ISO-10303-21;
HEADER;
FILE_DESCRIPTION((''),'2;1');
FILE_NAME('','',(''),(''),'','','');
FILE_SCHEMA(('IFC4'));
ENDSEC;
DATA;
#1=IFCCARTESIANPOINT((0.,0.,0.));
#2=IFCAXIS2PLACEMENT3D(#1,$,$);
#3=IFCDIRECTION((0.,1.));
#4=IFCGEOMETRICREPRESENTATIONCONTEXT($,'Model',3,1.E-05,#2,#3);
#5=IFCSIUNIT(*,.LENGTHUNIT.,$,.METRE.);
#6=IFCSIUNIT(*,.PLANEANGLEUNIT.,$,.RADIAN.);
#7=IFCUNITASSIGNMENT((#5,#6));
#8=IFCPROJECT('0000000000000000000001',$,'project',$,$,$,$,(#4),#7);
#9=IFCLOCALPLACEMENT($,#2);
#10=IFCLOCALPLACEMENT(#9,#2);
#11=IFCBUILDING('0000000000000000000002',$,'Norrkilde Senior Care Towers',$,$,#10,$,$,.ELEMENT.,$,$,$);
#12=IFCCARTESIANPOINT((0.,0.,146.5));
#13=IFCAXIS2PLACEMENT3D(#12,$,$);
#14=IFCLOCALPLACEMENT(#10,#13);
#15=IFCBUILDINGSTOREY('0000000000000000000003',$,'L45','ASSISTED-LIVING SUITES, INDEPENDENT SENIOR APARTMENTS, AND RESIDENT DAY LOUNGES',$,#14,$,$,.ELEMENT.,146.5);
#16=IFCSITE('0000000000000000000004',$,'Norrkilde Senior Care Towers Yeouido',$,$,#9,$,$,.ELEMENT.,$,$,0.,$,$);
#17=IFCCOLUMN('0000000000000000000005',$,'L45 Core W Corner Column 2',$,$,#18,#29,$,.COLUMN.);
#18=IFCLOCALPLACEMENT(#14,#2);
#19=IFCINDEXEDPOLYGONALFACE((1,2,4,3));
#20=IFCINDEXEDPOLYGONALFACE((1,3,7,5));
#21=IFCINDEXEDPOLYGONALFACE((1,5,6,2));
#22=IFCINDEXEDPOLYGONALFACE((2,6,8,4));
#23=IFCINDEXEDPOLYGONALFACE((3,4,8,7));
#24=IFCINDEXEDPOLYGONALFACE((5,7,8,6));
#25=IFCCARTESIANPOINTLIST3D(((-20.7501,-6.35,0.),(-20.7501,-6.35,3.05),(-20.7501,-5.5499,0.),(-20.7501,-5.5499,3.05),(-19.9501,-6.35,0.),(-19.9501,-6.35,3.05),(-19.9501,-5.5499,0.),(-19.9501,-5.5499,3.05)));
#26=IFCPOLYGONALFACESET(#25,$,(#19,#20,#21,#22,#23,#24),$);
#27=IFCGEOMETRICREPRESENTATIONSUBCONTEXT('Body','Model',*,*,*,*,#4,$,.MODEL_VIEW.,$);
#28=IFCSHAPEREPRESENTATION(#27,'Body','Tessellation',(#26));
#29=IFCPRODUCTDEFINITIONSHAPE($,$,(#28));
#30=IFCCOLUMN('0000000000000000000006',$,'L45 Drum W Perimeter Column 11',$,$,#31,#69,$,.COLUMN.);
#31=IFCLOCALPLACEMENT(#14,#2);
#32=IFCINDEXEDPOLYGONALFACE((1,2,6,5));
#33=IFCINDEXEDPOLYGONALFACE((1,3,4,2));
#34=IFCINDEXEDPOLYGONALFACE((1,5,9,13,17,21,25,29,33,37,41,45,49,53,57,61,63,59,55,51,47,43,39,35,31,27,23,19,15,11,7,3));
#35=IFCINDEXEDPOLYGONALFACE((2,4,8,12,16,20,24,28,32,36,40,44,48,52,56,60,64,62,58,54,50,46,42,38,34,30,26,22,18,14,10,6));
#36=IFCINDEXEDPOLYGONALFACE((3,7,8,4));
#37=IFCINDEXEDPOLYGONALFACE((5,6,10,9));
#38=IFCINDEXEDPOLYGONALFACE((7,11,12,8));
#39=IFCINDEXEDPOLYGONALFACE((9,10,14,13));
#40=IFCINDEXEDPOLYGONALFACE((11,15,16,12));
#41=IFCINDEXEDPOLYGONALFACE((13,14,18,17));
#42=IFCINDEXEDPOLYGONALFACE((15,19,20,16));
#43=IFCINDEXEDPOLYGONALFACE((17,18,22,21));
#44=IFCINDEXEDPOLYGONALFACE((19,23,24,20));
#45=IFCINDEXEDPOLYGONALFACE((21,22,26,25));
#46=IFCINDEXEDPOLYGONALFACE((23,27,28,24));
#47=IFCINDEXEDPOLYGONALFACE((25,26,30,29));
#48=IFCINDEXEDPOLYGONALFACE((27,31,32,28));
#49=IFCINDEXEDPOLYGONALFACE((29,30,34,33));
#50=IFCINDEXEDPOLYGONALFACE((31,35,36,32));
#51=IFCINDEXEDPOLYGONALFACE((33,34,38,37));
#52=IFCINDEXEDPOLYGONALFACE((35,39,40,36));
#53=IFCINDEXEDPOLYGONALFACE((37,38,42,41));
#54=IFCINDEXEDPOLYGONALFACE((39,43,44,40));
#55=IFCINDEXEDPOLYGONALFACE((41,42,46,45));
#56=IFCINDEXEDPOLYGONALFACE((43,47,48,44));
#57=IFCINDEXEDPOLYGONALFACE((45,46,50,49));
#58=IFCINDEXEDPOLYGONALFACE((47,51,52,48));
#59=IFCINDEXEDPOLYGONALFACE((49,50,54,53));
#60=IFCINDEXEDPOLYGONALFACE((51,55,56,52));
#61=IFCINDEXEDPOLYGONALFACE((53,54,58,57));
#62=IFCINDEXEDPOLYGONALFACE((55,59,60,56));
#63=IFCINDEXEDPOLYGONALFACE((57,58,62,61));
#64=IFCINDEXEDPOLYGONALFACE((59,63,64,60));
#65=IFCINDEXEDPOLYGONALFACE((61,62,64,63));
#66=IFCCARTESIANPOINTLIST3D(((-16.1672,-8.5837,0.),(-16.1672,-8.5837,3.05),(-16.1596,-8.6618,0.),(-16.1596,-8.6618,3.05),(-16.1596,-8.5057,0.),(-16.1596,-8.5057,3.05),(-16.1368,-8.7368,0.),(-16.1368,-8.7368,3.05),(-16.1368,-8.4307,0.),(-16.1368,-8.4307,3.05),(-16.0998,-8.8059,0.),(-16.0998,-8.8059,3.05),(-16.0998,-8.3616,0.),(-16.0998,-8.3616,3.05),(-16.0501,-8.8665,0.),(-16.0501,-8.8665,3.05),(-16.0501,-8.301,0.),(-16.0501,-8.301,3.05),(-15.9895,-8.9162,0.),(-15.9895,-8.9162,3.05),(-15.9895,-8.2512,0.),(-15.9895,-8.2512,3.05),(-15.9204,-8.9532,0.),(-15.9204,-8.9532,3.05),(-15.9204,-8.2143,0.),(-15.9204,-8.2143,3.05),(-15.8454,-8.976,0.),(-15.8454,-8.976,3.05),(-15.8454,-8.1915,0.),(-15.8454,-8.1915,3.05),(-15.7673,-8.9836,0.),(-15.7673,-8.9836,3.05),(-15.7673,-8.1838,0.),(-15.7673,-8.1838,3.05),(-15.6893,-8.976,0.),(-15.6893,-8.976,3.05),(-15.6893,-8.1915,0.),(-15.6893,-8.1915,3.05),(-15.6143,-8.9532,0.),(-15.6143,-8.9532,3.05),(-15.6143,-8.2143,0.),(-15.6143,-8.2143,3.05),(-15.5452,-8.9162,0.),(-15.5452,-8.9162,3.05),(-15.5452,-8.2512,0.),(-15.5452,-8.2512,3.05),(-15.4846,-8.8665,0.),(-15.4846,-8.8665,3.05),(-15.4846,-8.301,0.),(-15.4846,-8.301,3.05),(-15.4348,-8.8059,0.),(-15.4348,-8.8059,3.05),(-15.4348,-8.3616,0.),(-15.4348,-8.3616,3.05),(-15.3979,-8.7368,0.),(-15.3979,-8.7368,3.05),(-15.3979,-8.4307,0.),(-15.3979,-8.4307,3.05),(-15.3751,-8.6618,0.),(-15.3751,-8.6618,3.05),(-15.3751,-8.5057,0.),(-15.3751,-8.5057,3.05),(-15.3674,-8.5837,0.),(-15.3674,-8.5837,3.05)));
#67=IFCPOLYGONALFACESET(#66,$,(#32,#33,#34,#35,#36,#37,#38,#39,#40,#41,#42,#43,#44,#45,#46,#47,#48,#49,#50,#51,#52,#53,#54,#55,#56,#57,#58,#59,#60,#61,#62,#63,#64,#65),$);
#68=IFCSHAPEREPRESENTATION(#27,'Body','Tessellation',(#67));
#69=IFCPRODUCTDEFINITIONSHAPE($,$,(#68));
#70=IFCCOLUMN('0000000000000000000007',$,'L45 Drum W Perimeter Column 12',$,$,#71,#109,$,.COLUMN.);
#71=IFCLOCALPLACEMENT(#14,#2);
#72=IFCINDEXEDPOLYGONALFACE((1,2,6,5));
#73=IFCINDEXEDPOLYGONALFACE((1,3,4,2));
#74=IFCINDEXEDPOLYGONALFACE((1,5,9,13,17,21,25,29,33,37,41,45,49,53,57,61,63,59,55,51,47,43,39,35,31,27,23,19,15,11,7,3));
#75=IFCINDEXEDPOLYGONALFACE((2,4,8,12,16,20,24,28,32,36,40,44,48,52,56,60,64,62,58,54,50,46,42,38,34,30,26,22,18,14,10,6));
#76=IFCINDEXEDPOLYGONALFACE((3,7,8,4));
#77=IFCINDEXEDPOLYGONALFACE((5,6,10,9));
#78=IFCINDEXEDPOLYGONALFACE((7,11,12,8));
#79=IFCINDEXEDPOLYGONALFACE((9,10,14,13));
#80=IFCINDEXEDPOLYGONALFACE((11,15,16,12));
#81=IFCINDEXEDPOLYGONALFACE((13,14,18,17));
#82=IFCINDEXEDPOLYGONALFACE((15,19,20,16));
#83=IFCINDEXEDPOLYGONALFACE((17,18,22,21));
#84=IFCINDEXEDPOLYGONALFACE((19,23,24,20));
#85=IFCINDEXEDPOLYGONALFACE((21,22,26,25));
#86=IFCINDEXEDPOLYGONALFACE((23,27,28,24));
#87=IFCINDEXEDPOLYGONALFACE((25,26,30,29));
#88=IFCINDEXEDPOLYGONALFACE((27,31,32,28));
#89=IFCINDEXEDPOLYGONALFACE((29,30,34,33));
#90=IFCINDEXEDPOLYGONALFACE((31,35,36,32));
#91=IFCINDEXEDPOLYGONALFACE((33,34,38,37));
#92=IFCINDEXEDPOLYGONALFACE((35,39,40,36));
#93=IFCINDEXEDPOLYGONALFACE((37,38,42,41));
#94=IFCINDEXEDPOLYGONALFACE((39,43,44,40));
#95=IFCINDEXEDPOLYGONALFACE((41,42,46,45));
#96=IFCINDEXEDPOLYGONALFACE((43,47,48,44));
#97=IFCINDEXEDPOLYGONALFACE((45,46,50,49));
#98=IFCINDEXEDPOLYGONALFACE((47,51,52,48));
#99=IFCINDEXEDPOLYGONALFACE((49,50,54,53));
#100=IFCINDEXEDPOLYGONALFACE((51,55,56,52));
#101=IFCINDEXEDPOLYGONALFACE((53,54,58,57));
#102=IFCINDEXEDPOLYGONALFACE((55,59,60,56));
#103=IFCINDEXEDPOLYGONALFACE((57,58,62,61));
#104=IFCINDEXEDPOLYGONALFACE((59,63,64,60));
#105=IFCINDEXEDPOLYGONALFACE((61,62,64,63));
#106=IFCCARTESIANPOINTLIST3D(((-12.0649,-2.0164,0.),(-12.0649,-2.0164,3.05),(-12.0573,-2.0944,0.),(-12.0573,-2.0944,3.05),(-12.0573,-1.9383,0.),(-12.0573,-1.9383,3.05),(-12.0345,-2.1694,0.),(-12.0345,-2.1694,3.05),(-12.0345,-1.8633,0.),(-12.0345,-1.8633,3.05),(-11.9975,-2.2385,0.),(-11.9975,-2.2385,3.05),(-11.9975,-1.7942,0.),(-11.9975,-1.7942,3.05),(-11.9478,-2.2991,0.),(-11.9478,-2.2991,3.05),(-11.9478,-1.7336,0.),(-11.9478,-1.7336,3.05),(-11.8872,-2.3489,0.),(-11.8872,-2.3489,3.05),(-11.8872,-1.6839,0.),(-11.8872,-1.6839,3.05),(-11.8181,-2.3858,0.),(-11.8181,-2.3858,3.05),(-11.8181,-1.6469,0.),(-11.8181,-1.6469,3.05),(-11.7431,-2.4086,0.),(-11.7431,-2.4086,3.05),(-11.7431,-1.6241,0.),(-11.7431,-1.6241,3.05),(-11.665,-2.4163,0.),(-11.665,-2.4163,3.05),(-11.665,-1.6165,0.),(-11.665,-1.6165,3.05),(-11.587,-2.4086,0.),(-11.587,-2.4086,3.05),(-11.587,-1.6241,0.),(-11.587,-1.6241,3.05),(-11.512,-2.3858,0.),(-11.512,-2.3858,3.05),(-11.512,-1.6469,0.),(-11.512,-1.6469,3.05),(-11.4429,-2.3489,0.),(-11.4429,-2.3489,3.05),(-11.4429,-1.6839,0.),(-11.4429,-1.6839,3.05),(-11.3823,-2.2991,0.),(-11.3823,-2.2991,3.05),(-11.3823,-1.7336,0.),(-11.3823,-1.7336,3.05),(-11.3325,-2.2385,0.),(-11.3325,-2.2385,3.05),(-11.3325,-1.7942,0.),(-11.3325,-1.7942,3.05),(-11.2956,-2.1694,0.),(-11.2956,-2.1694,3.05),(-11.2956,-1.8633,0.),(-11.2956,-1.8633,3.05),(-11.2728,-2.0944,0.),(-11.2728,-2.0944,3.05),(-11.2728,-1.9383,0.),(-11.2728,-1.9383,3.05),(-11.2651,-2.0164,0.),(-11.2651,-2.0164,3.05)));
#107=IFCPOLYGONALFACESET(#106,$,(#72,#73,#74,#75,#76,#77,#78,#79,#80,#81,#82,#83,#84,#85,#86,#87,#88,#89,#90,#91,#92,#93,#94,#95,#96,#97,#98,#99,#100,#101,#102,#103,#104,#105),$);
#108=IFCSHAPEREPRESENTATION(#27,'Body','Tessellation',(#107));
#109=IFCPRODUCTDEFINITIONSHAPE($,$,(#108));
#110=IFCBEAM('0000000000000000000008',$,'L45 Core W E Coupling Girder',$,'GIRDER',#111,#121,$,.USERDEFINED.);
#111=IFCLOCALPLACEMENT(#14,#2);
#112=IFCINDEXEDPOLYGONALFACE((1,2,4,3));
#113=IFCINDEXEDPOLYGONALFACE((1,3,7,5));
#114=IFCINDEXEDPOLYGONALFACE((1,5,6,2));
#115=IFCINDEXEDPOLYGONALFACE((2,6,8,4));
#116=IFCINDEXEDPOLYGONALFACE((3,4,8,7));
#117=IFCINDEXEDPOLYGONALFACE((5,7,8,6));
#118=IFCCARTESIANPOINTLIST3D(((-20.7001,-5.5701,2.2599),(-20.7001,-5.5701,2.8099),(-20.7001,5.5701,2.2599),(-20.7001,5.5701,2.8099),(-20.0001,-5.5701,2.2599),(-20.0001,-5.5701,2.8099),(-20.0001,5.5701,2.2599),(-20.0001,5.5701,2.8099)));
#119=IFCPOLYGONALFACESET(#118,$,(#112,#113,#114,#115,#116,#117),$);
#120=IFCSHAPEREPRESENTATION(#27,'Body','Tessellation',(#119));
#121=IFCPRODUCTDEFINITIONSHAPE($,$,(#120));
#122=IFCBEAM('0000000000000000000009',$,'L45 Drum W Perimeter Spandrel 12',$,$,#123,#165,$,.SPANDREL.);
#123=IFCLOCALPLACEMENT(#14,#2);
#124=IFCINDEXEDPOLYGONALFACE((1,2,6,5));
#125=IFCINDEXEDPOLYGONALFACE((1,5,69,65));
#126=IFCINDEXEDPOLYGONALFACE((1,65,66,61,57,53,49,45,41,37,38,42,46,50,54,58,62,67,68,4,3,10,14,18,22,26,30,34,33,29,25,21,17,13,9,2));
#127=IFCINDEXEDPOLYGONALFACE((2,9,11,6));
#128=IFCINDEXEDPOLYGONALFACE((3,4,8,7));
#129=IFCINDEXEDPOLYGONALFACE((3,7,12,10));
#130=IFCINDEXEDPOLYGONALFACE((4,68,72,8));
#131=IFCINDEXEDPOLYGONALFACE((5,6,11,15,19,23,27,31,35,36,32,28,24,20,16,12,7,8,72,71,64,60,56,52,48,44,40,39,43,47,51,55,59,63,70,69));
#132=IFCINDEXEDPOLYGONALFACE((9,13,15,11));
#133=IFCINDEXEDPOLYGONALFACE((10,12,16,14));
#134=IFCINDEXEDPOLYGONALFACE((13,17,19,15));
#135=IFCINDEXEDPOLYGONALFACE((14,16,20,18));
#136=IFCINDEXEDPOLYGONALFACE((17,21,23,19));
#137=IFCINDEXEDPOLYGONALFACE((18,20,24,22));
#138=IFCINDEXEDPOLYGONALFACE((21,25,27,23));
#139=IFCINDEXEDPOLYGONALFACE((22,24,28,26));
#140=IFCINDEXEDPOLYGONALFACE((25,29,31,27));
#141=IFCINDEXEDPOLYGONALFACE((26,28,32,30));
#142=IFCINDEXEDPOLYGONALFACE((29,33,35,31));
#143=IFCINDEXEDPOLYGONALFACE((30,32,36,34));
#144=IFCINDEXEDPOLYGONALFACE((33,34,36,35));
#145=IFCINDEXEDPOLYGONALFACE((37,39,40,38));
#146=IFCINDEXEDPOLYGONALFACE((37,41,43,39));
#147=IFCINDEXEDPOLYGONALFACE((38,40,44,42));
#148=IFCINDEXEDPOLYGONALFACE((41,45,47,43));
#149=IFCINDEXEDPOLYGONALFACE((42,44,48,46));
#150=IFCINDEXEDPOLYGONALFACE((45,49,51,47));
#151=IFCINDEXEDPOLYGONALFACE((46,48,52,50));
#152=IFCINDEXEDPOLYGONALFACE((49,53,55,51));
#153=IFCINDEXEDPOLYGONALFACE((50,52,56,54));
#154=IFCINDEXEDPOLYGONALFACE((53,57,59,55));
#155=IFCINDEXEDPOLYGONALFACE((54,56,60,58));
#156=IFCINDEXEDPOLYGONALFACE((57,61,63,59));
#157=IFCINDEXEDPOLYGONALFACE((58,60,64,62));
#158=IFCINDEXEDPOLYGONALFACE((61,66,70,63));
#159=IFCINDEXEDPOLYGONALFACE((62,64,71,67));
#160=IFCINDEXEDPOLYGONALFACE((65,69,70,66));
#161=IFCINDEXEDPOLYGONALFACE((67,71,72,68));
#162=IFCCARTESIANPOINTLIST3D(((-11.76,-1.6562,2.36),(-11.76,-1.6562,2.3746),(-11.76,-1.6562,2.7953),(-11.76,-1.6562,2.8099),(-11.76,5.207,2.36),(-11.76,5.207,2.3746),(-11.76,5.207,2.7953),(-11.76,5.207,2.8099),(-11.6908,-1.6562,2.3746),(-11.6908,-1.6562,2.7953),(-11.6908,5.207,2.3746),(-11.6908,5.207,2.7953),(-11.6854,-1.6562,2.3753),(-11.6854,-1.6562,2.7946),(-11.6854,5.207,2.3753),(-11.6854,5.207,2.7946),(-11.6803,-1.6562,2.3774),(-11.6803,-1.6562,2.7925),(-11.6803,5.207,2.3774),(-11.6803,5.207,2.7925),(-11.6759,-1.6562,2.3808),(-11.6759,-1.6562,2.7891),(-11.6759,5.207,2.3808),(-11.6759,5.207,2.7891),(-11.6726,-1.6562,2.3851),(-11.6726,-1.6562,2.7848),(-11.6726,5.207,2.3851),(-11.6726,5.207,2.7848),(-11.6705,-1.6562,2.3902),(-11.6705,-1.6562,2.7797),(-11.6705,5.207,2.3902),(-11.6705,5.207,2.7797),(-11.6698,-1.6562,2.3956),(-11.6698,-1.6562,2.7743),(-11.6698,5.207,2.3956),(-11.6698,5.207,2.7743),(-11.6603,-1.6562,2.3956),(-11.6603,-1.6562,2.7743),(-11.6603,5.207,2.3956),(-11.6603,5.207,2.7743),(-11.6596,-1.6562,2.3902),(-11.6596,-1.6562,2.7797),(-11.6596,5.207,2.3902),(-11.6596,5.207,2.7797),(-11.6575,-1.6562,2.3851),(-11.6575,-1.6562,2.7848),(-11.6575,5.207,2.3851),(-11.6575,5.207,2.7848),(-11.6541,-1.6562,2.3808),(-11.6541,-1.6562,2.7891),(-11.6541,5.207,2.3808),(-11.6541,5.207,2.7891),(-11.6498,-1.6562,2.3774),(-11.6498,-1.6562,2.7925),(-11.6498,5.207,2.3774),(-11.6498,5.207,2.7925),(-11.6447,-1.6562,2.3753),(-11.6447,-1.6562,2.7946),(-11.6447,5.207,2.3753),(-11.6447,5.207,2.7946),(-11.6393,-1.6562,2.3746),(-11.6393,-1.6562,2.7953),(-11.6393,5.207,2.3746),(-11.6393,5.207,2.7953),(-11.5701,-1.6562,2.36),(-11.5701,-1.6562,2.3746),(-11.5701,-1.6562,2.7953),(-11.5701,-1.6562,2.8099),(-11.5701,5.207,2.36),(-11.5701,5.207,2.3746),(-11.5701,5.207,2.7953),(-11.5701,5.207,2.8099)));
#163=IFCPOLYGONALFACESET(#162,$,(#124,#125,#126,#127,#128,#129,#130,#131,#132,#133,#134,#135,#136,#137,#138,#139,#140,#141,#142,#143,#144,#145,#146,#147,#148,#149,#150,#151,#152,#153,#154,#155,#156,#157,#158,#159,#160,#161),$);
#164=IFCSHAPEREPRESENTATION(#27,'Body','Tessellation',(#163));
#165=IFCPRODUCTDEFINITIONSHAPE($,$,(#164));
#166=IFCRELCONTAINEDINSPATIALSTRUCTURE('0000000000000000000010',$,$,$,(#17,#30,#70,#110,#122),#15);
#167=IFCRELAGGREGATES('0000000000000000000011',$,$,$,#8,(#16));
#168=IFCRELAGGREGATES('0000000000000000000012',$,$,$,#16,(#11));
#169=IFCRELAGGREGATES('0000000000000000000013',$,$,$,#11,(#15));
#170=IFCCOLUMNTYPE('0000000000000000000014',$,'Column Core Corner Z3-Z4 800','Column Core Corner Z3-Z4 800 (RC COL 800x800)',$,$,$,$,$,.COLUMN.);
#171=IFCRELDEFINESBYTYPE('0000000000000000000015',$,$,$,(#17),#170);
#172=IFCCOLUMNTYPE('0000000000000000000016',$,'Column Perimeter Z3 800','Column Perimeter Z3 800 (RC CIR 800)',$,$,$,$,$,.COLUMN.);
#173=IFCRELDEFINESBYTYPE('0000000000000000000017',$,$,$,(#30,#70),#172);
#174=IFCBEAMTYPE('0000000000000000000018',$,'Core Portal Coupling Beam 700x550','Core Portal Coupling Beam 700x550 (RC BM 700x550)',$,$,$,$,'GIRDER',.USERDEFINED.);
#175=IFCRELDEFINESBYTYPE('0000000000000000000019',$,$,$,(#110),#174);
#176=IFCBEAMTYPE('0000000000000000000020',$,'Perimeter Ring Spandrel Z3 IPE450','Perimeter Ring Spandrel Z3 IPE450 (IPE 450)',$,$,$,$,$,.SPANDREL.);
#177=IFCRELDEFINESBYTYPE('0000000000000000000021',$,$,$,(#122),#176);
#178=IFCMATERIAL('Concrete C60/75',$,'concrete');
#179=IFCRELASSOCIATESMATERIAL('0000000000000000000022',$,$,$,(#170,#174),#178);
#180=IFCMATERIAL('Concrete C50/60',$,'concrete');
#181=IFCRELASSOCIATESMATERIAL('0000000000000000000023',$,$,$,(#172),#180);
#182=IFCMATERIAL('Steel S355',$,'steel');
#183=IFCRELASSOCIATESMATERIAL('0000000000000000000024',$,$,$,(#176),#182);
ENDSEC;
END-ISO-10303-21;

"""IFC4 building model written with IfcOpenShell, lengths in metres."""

from ifc_helpers import new_model, si_unit, direction, frame, origin, origin_2d, place, context, subcontext, project, spatial, rectangle, circle, i_section, extrude, source, transform, mapped, material, material_profile, profile_set, type_object, type_shapes, element, save


model = new_model("IFC4")

# Units and contexts
model_context = context("Model", 3, precision=1e-05, world=origin(), true_north=direction((0.0, 1.0)))
body_context = subcontext(model_context, "Body", "Model", "MODEL_VIEW")
ifc_project = project(units=[si_unit("LENGTHUNIT", "METRE"), si_unit("PLANEANGLEUNIT", "RADIAN")], contexts=[model_context])

# Site, building, storey
site_placement = place(None, origin())
site = spatial("IfcSite", under=ifc_project, at=site_placement, Name="Norrkilde Senior Care Towers Yeouido", CompositionType="ELEMENT", RefElevation=0.0)
building_placement = place(site_placement, origin())
building = spatial("IfcBuilding", under=site, at=building_placement, Name="Norrkilde Senior Care Towers", CompositionType="ELEMENT")
storey_placement = place(building_placement, frame((0.0, 0.0, 146.5)))
storey = spatial("IfcBuildingStorey", under=building, at=storey_placement, Name="L45", Description="ASSISTED-LIVING SUITES, INDEPENDENT SENIOR APARTMENTS, AND RESIDENT DAY LOUNGES", CompositionType="ELEMENT", Elevation=146.5)

# Columns
ifc_material_1 = material(Name="Concrete C60/75", Category="concrete")
ifc_material_profile_1 = material_profile(ifc_material_1, rectangle(XDim=0.8, YDim=0.8, at=origin_2d()), Name="RC COL 800x800")
ifc_profile_set_1 = profile_set([ifc_material_profile_1], Name="Concrete C60/75")
column_type_1 = type_object("IfcColumnType", Name="Column Core Corner Z3-Z4 800", Description="Column Core Corner Z3-Z4 800 (RC COL 800x800)", PredefinedType="COLUMN", material=ifc_profile_set_1)
shared_shape_1 = source(origin(), body_context, "Body", "SweptSolid", [
    extrude(rectangle(XDim=0.8, YDim=0.8, at=origin_2d()), origin(), (0.0, 0.0, 1.0), 3.05),
])
type_shapes(column_type_1, [shared_shape_1])
column_placement = place(storey_placement, frame((-20.3501, -5.95, 0.0), z_axis=(0.0, 0.0, 1.0), x_axis=(1.0, 0.0, 0.0)))
element("IfcColumn", 1, at=column_placement, inside=storey, type_object=column_type_1, Name="L45 Core W Corner Column 2", PredefinedType="COLUMN", context=body_context, shape_type="MappedRepresentation", body=[
    mapped(shared_shape_1, transform((0.0, 0.0, 0.0), x_axis=(1.0, 0.0, 0.0), y_axis=(0.0, 1.0, 0.0), z_axis=(0.0, 0.0, 1.0), scale=1.0)),
])
ifc_material_2 = material(Name="Concrete C50/60", Category="concrete")
ifc_material_profile_2 = material_profile(ifc_material_2, circle(Radius=0.3999, at=origin_2d()), Name="RC CIR 800")
ifc_profile_set_2 = profile_set([ifc_material_profile_2], Name="Concrete C50/60")
column_type_2 = type_object("IfcColumnType", Name="Column Perimeter Z3 800", Description="Column Perimeter Z3 800 (RC CIR 800)", PredefinedType="COLUMN", material=ifc_profile_set_2)
shared_shape_2 = source(origin(), body_context, "Body", "SweptSolid", [
    extrude(circle(Radius=0.3999, at=origin_2d()), origin(), (0.0, 0.0, 1.0), 3.05),
])
type_shapes(column_type_2, [shared_shape_2])
for number, where, z_axis, x_axis, name in (
    (2, (-15.7673, -8.5837, 0.0), (0.0, 0.0, 1.0), (1.0, 0.0, 0.0), "L45 Drum W Perimeter Column 11"),
    (3, (-11.665, -2.0164, 0.0), (0.0, 0.0, 1.0), (1.0, 0.0, 0.0), "L45 Drum W Perimeter Column 12"),
):
    element("IfcColumn", number, at=place(storey_placement, frame(where, z_axis=z_axis, x_axis=x_axis)), inside=storey, type_object=column_type_2, Name=name, PredefinedType="COLUMN", context=body_context, shape_type="MappedRepresentation", body=[
        mapped(shared_shape_2, transform((0.0, 0.0, 0.0), x_axis=(1.0, 0.0, 0.0), y_axis=(0.0, 1.0, 0.0), z_axis=(0.0, 0.0, 1.0), scale=1.0)),
    ])

# Beams
ifc_material_profile_3 = material_profile(ifc_material_1, rectangle(XDim=0.7, YDim=0.55, at=origin_2d()), Name="RC BM 700x550")
ifc_profile_set_3 = profile_set([ifc_material_profile_3], Name="Concrete C60/75")
beam_type_1 = type_object("IfcBeamType", Name="Core Portal Coupling Beam 700x550", Description="Core Portal Coupling Beam 700x550 (RC BM 700x550)", ElementType="GIRDER", PredefinedType="USERDEFINED", material=ifc_profile_set_3)
shared_shape_3 = source(origin(), body_context, "Body", "SweptSolid", [
    extrude(rectangle(XDim=0.7, YDim=0.55, at=origin_2d()), origin(), (0.0, 0.0, 1.0), 11.1401),
])
type_shapes(beam_type_1, [shared_shape_3])
beam_1_placement = place(storey_placement, frame((-20.3501, -5.5701, 2.5349), z_axis=(0.0, 1.0, 0.0), x_axis=(-1.0, 0.0, 0.0)))
element("IfcBeam", 4, at=beam_1_placement, inside=storey, type_object=beam_type_1, Name="L45 Core W E Coupling Girder", ObjectType="GIRDER", PredefinedType="USERDEFINED", context=body_context, shape_type="MappedRepresentation", body=[
    mapped(shared_shape_3, transform((0.0, 0.0, 0.0), x_axis=(1.0, 0.0, 0.0), y_axis=(0.0, 1.0, 0.0), z_axis=(0.0, 0.0, 1.0), scale=1.0)),
])
ifc_material_3 = material(Name="Steel S355", Category="steel")
ifc_material_profile_4 = material_profile(ifc_material_3, i_section(OverallWidth=0.1899, OverallDepth=0.45, WebThickness=0.0095, FlangeThickness=0.0146, FilletRadius=0.021, at=origin_2d()), Name="IPE 450")
ifc_profile_set_4 = profile_set([ifc_material_profile_4], Name="Steel S355")
beam_type_2 = type_object("IfcBeamType", Name="Perimeter Ring Spandrel Z3 IPE450", Description="Perimeter Ring Spandrel Z3 IPE450 (IPE 450)", PredefinedType="SPANDREL", material=ifc_profile_set_4)
shared_shape_4 = source(origin(), body_context, "Body", "SweptSolid", [
    extrude(i_section(OverallWidth=0.1899, OverallDepth=0.45, WebThickness=0.0095, FlangeThickness=0.0146, FilletRadius=0.021, at=origin_2d()), origin(), (0.0, 0.0, 1.0), 6.8633),
])
beam_2_placement = place(storey_placement, frame((-11.665, -1.6562, 2.585), z_axis=(0.0, 1.0, 0.0), x_axis=(-1.0, 0.0, 0.0)))
element("IfcBeam", 5, at=beam_2_placement, inside=storey, type_object=beam_type_2, Name="L45 Drum W Perimeter Spandrel 12", PredefinedType="SPANDREL", context=body_context, shape_type="MappedRepresentation", body=[
    mapped(shared_shape_4, transform((0.0, 0.0, 0.0), x_axis=(1.0, 0.0, 0.0), y_axis=(0.0, 1.0, 0.0), z_axis=(0.0, 0.0, 1.0), scale=1.0)),
])

save(model, "model.ifc")
